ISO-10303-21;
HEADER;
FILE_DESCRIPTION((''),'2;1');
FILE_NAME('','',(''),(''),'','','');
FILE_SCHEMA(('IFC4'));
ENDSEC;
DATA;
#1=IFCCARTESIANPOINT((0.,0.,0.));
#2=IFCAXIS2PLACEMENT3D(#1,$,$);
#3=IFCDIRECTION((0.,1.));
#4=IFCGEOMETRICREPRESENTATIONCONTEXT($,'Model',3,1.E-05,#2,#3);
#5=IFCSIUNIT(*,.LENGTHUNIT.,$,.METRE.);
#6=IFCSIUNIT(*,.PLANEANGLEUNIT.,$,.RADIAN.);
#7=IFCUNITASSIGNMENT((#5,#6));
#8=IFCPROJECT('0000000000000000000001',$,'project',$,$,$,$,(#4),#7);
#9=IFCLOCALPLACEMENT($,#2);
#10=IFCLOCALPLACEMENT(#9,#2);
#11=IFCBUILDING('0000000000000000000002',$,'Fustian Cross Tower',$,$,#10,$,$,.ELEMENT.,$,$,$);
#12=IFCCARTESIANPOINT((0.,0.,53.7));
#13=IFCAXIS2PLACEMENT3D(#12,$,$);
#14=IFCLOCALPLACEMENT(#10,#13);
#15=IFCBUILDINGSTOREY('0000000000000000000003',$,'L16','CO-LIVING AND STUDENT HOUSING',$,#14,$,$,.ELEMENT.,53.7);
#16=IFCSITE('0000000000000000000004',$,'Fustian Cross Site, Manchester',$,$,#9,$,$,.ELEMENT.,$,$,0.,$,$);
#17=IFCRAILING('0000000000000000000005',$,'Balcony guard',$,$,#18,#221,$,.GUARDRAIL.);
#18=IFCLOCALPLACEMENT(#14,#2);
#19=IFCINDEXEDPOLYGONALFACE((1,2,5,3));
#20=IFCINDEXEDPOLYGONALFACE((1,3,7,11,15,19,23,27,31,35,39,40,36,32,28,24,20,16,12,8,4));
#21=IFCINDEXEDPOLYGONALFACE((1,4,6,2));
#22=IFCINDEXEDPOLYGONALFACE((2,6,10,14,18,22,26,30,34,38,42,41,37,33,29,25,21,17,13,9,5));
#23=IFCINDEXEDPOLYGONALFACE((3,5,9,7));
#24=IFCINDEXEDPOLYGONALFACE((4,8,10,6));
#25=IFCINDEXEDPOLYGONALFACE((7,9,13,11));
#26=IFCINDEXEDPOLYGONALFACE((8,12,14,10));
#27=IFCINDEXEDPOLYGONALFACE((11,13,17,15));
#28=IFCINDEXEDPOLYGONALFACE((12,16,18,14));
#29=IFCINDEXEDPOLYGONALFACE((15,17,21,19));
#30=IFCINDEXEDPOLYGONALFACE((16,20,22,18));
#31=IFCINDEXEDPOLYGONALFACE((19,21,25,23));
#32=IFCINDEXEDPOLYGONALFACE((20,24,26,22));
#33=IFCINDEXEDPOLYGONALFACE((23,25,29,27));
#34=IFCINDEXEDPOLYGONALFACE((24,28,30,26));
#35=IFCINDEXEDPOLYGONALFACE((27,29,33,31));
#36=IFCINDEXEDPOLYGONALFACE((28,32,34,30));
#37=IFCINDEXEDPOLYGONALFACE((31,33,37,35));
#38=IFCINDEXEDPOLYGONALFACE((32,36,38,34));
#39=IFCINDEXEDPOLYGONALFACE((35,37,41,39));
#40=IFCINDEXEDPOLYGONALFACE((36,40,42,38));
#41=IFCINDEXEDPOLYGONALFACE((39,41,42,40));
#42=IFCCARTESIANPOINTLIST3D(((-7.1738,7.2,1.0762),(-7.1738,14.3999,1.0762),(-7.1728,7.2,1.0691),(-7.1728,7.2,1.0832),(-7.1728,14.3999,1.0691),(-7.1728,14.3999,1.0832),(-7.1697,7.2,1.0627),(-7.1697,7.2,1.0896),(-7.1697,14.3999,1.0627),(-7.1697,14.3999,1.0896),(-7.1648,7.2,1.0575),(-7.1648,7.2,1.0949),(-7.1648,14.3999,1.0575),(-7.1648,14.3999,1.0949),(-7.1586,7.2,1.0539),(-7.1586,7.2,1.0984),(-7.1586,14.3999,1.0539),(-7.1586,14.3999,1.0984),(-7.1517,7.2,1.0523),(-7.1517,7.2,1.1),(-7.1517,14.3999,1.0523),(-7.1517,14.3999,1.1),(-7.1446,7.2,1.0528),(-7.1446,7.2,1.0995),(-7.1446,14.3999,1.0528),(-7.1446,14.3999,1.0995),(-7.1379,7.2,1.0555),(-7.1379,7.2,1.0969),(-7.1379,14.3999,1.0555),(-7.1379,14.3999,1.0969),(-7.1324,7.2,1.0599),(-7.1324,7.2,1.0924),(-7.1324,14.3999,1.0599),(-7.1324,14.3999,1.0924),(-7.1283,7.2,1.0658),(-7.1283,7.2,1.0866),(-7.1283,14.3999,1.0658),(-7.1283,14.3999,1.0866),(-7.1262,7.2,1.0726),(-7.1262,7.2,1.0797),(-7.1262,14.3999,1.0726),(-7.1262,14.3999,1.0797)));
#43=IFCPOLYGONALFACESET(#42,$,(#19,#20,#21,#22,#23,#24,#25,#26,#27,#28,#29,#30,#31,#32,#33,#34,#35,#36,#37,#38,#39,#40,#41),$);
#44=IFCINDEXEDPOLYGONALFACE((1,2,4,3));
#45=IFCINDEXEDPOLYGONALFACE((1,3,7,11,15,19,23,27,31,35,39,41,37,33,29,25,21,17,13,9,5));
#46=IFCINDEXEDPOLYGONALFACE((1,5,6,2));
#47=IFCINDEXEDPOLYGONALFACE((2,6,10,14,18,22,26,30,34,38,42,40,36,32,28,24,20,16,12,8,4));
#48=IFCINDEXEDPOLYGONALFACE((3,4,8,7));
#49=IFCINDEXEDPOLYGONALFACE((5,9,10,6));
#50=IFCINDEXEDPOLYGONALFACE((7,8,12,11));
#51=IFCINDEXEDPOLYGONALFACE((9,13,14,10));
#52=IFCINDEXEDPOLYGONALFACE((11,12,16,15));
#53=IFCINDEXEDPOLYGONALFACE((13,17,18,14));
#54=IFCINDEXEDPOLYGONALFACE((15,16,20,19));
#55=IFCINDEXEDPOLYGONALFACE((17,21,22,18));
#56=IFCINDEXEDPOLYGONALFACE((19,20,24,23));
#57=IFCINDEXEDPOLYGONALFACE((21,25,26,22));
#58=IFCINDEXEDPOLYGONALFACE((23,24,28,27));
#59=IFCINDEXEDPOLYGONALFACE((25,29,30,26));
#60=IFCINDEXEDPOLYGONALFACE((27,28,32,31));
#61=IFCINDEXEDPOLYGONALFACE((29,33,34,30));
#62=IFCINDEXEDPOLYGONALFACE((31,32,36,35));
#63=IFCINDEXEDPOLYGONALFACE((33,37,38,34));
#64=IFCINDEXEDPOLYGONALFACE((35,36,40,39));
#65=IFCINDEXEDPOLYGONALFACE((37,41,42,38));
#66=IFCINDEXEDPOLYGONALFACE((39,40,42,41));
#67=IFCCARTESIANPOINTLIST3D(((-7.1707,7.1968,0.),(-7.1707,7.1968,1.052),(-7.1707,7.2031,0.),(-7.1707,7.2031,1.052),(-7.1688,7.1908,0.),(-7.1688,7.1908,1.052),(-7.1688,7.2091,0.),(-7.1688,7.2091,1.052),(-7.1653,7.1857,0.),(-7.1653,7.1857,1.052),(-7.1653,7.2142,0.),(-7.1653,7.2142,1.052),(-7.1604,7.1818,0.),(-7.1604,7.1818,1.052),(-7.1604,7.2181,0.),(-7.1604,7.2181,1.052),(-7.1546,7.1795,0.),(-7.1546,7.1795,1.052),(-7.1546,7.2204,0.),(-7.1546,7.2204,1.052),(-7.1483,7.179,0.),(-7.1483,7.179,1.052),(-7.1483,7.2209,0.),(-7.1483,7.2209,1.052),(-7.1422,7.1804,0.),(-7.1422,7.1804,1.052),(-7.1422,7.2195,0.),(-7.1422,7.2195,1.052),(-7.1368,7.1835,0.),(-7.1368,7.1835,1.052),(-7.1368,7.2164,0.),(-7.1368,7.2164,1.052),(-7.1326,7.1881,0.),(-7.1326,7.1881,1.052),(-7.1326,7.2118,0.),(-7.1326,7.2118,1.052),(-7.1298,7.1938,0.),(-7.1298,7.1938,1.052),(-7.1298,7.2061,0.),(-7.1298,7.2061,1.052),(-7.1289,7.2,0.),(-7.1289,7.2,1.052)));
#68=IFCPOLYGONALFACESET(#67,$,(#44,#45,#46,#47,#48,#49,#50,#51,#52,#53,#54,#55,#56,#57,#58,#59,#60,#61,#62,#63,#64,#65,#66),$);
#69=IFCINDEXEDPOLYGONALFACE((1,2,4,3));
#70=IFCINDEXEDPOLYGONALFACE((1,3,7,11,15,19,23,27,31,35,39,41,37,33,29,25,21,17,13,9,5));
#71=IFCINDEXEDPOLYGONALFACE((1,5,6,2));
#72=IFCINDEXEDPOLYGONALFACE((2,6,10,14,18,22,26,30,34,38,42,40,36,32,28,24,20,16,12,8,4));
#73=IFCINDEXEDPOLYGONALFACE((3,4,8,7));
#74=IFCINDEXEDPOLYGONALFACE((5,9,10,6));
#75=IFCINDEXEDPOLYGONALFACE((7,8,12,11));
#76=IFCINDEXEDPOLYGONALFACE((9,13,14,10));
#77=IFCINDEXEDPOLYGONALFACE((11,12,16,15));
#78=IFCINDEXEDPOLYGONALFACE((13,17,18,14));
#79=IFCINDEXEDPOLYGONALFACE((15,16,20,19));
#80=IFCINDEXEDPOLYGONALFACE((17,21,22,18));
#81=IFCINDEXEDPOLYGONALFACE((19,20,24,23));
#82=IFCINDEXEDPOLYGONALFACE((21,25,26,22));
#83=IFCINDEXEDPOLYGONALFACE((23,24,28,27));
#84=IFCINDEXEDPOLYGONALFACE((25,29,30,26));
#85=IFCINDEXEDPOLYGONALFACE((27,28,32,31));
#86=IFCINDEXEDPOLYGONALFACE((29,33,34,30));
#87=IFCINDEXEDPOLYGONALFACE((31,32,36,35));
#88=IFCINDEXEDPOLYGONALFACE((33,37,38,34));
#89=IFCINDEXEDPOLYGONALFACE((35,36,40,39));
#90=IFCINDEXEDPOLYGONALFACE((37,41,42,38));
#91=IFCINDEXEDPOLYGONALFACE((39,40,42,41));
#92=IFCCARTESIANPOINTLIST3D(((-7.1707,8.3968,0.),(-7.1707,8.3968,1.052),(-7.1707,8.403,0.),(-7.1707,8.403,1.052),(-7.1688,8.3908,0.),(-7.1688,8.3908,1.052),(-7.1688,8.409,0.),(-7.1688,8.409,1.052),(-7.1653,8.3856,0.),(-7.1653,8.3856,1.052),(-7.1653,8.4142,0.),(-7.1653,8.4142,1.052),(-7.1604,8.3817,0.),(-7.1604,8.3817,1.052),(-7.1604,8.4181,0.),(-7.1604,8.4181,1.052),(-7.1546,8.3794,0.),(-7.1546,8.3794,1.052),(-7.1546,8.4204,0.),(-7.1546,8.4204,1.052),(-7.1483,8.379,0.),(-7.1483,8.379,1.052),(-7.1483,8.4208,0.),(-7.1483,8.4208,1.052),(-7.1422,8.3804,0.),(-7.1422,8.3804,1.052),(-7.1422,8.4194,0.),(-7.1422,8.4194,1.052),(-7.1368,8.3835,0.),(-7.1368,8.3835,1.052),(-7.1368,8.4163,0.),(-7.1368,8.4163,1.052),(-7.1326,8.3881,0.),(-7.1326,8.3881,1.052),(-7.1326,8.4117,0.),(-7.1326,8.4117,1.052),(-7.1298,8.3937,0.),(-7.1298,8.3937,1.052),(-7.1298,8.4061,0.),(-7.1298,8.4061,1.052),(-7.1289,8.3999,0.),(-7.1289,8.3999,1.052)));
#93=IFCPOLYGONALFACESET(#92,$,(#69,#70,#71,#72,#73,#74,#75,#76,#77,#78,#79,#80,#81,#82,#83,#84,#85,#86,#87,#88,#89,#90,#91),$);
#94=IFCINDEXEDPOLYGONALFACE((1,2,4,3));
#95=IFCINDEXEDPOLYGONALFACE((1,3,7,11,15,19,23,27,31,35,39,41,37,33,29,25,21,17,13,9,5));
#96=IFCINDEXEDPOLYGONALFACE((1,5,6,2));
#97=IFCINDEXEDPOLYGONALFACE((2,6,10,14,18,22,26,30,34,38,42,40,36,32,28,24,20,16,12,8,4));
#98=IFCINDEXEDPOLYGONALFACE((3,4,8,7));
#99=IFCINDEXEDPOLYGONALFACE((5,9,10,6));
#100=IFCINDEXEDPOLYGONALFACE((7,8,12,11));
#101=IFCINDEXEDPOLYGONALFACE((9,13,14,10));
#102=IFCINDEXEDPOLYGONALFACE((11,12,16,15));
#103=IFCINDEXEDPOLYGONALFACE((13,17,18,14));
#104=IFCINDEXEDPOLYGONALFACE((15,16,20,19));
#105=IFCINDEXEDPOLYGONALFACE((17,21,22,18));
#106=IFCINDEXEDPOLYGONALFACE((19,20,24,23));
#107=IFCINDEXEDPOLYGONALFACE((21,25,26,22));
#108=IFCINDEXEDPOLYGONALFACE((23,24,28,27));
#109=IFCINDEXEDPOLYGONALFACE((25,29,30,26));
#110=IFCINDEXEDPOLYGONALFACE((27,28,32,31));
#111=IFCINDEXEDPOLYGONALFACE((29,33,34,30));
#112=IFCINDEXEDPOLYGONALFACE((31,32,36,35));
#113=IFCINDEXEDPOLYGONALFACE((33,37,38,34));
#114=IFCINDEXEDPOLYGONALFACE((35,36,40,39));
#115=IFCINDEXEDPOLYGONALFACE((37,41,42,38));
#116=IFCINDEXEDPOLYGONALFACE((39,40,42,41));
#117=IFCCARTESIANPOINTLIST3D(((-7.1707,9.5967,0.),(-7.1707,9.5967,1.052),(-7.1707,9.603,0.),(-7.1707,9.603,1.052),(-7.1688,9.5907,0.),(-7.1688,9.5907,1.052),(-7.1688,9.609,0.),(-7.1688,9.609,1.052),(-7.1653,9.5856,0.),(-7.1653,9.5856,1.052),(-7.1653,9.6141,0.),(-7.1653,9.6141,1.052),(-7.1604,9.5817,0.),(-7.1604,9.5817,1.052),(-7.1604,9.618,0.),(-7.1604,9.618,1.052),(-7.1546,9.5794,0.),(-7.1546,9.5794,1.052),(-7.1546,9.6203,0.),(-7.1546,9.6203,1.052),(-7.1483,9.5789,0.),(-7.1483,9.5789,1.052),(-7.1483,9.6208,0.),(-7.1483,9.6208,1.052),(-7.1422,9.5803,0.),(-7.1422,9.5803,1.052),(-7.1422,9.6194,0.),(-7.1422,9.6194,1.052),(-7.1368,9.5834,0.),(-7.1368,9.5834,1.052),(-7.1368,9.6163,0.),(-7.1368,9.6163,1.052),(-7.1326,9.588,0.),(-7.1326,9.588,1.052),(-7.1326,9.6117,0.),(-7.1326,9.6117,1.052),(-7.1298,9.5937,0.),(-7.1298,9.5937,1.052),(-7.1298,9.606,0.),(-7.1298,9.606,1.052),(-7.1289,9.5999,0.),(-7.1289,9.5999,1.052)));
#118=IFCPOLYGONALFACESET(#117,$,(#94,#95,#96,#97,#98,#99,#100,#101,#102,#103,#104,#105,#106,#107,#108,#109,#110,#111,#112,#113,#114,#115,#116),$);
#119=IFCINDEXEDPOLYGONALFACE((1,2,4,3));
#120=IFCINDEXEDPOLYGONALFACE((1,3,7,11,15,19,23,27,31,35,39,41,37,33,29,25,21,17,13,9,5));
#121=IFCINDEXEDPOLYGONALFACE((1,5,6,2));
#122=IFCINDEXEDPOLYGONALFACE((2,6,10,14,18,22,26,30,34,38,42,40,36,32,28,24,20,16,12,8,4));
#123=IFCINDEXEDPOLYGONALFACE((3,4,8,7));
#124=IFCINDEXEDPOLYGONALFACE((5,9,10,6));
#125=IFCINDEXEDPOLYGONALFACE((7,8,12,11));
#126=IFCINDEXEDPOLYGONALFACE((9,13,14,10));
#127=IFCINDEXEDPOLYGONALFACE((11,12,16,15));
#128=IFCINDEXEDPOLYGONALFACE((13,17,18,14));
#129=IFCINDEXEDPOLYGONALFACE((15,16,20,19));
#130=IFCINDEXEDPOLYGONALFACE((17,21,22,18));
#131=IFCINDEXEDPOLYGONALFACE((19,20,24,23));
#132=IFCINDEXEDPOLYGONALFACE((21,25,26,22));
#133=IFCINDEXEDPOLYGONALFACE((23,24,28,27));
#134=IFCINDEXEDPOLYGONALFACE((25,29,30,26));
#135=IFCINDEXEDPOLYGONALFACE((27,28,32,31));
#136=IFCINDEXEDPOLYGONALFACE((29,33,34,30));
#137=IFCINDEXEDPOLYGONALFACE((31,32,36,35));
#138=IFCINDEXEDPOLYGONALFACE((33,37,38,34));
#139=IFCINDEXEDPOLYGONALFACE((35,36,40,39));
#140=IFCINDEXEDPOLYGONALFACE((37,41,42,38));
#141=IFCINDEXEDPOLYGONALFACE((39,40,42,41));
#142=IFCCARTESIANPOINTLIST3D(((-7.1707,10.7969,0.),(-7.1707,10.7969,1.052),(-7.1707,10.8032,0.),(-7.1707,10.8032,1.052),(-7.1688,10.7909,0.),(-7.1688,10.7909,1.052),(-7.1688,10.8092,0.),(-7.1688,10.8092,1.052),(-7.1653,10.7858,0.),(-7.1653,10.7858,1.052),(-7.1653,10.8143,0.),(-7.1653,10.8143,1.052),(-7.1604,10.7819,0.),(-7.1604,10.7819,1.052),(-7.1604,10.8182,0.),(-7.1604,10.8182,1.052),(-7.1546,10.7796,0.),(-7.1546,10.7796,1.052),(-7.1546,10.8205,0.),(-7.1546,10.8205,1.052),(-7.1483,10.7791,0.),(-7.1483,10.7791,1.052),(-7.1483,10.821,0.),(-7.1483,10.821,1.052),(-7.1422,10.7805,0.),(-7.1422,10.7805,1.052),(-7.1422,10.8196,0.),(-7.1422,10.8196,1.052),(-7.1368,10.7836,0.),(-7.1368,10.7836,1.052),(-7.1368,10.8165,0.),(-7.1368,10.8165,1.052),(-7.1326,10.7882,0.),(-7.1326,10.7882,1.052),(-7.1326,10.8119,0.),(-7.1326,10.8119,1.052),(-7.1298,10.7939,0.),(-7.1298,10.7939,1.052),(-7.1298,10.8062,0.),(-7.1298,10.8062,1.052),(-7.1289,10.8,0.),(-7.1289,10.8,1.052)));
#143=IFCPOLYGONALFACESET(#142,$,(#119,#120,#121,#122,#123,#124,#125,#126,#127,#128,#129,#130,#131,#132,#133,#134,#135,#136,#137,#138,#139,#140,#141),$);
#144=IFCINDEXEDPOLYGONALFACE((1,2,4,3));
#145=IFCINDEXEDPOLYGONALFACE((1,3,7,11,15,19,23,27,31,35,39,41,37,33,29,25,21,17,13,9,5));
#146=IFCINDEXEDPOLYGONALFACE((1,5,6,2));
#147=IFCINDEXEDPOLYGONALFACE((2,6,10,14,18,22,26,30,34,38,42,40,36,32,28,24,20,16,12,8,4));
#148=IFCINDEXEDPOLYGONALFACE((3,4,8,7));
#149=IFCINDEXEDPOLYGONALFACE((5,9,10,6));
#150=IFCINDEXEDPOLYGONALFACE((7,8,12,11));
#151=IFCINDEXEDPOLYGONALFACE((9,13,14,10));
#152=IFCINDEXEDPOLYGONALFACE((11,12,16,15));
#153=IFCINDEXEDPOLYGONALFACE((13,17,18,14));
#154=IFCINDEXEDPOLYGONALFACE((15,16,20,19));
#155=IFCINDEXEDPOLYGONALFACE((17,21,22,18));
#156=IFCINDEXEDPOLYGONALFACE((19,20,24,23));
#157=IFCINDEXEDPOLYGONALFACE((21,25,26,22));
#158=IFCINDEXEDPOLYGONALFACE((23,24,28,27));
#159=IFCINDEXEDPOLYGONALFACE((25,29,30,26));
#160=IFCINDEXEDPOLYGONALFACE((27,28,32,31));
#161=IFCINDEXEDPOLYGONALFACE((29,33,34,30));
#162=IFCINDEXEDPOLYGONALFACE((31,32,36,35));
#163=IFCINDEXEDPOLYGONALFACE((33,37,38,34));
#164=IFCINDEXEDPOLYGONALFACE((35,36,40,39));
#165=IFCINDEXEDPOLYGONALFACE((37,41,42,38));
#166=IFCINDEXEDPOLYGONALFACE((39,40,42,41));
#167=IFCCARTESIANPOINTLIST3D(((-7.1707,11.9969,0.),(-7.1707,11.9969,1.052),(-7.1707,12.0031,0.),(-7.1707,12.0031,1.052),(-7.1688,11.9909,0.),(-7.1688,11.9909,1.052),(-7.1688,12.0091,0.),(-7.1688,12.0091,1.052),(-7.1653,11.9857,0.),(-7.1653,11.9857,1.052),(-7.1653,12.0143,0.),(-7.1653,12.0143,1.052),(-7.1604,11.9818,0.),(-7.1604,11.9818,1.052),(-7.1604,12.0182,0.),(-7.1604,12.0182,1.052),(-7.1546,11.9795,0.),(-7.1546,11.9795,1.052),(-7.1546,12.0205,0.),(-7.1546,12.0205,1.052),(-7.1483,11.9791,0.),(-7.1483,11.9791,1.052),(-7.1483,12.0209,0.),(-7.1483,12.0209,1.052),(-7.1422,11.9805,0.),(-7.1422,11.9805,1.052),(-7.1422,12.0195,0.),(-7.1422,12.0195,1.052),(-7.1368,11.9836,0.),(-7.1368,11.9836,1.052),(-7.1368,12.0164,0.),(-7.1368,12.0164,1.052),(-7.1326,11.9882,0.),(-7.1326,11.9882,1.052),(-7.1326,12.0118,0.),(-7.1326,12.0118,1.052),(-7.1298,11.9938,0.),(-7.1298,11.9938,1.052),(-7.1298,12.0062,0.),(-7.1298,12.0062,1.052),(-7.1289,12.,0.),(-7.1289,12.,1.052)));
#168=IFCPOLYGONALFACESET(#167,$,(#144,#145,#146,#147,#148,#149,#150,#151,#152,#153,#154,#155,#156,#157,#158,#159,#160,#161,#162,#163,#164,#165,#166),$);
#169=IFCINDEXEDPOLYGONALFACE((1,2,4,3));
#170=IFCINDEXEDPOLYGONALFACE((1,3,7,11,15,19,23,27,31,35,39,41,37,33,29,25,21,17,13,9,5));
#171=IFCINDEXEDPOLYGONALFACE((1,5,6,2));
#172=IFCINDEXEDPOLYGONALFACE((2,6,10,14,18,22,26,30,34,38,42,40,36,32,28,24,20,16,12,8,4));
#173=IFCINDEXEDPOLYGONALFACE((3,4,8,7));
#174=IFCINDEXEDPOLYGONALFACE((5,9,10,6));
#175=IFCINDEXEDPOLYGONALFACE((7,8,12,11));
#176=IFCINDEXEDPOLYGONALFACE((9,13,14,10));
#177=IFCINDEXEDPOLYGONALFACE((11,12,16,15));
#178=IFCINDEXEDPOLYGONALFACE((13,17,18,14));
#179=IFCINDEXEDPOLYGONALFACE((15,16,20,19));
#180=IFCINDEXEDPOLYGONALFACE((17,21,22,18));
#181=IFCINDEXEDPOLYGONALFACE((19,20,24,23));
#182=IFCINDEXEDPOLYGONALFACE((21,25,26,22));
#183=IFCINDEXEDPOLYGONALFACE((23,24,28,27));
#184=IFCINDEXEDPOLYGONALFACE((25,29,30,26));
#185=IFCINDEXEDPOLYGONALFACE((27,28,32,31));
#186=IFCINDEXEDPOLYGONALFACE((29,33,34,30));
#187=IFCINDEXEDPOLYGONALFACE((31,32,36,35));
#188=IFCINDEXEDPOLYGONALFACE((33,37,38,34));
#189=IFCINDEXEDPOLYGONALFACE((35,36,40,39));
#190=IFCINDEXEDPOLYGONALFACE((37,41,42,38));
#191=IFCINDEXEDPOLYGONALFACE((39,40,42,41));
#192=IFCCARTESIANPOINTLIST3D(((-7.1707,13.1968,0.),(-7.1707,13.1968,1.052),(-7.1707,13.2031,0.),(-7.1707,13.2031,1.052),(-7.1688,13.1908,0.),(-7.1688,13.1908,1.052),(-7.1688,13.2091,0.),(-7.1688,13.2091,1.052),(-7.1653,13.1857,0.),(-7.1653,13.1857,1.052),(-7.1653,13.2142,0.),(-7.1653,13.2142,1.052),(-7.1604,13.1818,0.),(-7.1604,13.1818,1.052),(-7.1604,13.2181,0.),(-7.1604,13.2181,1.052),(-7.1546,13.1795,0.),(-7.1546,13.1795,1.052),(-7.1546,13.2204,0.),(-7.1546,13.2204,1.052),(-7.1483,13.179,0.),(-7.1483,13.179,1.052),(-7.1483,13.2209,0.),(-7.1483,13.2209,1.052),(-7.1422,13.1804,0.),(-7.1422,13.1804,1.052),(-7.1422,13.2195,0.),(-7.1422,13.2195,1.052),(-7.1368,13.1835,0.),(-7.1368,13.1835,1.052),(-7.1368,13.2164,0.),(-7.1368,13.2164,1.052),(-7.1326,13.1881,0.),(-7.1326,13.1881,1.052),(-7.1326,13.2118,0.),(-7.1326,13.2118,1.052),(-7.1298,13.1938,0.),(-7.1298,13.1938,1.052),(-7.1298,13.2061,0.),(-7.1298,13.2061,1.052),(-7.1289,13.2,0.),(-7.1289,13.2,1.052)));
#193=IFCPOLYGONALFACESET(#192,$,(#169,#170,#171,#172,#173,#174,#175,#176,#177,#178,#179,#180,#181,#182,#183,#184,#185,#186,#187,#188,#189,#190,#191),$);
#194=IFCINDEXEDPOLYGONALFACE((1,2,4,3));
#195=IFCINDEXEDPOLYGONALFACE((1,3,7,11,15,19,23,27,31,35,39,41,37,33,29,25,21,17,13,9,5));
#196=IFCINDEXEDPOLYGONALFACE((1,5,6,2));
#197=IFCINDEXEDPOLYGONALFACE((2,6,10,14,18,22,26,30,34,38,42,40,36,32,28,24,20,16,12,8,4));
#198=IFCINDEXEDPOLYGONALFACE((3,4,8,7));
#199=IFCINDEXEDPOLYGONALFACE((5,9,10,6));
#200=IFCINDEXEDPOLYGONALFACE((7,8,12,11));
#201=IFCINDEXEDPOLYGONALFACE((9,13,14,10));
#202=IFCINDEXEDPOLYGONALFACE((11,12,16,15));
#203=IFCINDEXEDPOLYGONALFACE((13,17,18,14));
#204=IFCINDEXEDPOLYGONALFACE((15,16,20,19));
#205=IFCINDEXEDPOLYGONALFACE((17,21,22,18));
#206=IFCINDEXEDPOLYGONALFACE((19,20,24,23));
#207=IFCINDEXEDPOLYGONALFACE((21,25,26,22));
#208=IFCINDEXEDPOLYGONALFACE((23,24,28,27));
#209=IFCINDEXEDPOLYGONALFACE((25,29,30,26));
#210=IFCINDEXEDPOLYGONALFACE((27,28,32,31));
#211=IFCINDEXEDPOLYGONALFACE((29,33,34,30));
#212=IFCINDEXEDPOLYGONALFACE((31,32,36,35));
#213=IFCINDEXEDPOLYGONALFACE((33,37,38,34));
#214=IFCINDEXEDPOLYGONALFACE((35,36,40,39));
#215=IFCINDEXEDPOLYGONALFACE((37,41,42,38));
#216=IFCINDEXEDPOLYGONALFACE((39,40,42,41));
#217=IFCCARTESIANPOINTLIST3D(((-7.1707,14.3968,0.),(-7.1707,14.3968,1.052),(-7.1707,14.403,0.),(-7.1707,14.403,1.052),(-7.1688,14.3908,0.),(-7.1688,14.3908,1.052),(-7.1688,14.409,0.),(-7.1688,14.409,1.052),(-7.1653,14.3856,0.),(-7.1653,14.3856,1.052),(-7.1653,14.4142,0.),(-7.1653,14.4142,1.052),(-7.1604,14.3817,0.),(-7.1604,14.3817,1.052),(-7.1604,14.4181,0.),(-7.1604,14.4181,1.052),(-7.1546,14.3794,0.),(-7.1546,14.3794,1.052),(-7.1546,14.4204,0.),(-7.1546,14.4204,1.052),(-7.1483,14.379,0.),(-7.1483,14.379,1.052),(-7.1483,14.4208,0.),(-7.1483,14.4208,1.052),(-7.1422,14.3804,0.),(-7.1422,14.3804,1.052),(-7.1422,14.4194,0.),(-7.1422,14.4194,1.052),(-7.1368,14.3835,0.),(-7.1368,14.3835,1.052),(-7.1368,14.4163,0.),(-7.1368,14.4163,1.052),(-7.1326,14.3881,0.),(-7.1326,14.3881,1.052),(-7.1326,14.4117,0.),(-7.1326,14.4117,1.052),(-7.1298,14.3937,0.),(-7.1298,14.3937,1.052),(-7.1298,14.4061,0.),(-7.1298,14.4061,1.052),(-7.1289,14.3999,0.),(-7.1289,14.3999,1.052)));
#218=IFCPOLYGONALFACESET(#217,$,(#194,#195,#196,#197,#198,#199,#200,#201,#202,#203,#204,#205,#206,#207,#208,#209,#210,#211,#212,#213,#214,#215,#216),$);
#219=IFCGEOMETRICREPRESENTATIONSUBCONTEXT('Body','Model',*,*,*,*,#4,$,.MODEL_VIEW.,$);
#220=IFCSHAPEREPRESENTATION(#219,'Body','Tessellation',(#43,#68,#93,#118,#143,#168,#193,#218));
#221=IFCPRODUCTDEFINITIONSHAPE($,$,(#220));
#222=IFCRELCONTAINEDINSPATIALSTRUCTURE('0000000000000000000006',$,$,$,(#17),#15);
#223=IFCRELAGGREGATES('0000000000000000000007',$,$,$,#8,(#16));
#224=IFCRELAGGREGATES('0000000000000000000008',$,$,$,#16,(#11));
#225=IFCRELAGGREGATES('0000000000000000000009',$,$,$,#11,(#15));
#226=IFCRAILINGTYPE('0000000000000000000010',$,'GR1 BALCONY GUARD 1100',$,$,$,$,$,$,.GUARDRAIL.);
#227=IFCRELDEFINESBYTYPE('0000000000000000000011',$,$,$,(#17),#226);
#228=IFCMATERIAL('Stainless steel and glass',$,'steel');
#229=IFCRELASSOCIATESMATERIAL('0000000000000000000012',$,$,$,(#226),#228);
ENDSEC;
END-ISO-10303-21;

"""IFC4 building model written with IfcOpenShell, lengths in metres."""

from ifc_helpers import new_model, si_unit, direction, frame, origin, origin_2d, place, context, subcontext, project, spatial, circle, extrude, material, type_object, element, save


model = new_model("IFC4")

# Units and contexts
model_context = context("Model", 3, precision=1e-05, world=origin(), true_north=direction((0.0, 1.0)))
body_context = subcontext(model_context, "Body", "Model", "MODEL_VIEW")
ifc_project = project(units=[si_unit("LENGTHUNIT", "METRE"), si_unit("PLANEANGLEUNIT", "RADIAN")], contexts=[model_context])

# Site, building, storey
site_placement = place(None, origin())
site = spatial("IfcSite", under=ifc_project, at=site_placement, Name="Fustian Cross Site, Manchester", CompositionType="ELEMENT", RefElevation=0.0)
building_placement = place(site_placement, origin())
building = spatial("IfcBuilding", under=site, at=building_placement, Name="Fustian Cross Tower", CompositionType="ELEMENT")
storey_placement = place(building_placement, frame((0.0, 0.0, 53.7)))
storey = spatial("IfcBuildingStorey", under=building, at=storey_placement, Name="L16", Description="CO-LIVING AND STUDENT HOUSING", CompositionType="ELEMENT", Elevation=53.7)

# Railing
ifc_material_1 = material(Name="Stainless steel and glass", Category="steel")
railing_type = type_object("IfcRailingType", Name="GR1 BALCONY GUARD 1100", PredefinedType="GUARDRAIL", material=ifc_material_1)
railing_placement = place(storey_placement, frame((-7.1499, 7.2, 0.0)))
element("IfcRailing", 1, at=railing_placement, inside=storey, type_object=railing_type, Name="Balcony guard", PredefinedType="GUARDRAIL", context=body_context, shape_type="SweptSolid", body=[
    extrude(circle(Radius=0.0239, at=origin_2d()), frame((0.0, 0.0, 1.0762), z_axis=(0.0, 1.0, 0.0), x_axis=(-1.0, 0.0, 0.0)), (0.0, 0.0, 1.0), 7.2),
    extrude(circle(Radius=0.021, at=origin_2d()), origin(), (0.0, 0.0, 1.0), 1.052),
    extrude(circle(Radius=0.021, at=origin_2d()), frame((0.0, 1.2, 0.0)), (0.0, 0.0, 1.0), 1.052),
    extrude(circle(Radius=0.021, at=origin_2d()), frame((0.0, 2.3999, 0.0)), (0.0, 0.0, 1.0), 1.052),
    extrude(circle(Radius=0.021, at=origin_2d()), frame((0.0, 3.6001, 0.0)), (0.0, 0.0, 1.0), 1.052),
    extrude(circle(Radius=0.021, at=origin_2d()), frame((0.0, 4.8, 0.0)), (0.0, 0.0, 1.0), 1.052),
    extrude(circle(Radius=0.021, at=origin_2d()), frame((0.0, 6.0, 0.0)), (0.0, 0.0, 1.0), 1.052),
    extrude(circle(Radius=0.021, at=origin_2d()), frame((0.0, 7.2, 0.0)), (0.0, 0.0, 1.0), 1.052),
])

save(model, "model.ifc")
